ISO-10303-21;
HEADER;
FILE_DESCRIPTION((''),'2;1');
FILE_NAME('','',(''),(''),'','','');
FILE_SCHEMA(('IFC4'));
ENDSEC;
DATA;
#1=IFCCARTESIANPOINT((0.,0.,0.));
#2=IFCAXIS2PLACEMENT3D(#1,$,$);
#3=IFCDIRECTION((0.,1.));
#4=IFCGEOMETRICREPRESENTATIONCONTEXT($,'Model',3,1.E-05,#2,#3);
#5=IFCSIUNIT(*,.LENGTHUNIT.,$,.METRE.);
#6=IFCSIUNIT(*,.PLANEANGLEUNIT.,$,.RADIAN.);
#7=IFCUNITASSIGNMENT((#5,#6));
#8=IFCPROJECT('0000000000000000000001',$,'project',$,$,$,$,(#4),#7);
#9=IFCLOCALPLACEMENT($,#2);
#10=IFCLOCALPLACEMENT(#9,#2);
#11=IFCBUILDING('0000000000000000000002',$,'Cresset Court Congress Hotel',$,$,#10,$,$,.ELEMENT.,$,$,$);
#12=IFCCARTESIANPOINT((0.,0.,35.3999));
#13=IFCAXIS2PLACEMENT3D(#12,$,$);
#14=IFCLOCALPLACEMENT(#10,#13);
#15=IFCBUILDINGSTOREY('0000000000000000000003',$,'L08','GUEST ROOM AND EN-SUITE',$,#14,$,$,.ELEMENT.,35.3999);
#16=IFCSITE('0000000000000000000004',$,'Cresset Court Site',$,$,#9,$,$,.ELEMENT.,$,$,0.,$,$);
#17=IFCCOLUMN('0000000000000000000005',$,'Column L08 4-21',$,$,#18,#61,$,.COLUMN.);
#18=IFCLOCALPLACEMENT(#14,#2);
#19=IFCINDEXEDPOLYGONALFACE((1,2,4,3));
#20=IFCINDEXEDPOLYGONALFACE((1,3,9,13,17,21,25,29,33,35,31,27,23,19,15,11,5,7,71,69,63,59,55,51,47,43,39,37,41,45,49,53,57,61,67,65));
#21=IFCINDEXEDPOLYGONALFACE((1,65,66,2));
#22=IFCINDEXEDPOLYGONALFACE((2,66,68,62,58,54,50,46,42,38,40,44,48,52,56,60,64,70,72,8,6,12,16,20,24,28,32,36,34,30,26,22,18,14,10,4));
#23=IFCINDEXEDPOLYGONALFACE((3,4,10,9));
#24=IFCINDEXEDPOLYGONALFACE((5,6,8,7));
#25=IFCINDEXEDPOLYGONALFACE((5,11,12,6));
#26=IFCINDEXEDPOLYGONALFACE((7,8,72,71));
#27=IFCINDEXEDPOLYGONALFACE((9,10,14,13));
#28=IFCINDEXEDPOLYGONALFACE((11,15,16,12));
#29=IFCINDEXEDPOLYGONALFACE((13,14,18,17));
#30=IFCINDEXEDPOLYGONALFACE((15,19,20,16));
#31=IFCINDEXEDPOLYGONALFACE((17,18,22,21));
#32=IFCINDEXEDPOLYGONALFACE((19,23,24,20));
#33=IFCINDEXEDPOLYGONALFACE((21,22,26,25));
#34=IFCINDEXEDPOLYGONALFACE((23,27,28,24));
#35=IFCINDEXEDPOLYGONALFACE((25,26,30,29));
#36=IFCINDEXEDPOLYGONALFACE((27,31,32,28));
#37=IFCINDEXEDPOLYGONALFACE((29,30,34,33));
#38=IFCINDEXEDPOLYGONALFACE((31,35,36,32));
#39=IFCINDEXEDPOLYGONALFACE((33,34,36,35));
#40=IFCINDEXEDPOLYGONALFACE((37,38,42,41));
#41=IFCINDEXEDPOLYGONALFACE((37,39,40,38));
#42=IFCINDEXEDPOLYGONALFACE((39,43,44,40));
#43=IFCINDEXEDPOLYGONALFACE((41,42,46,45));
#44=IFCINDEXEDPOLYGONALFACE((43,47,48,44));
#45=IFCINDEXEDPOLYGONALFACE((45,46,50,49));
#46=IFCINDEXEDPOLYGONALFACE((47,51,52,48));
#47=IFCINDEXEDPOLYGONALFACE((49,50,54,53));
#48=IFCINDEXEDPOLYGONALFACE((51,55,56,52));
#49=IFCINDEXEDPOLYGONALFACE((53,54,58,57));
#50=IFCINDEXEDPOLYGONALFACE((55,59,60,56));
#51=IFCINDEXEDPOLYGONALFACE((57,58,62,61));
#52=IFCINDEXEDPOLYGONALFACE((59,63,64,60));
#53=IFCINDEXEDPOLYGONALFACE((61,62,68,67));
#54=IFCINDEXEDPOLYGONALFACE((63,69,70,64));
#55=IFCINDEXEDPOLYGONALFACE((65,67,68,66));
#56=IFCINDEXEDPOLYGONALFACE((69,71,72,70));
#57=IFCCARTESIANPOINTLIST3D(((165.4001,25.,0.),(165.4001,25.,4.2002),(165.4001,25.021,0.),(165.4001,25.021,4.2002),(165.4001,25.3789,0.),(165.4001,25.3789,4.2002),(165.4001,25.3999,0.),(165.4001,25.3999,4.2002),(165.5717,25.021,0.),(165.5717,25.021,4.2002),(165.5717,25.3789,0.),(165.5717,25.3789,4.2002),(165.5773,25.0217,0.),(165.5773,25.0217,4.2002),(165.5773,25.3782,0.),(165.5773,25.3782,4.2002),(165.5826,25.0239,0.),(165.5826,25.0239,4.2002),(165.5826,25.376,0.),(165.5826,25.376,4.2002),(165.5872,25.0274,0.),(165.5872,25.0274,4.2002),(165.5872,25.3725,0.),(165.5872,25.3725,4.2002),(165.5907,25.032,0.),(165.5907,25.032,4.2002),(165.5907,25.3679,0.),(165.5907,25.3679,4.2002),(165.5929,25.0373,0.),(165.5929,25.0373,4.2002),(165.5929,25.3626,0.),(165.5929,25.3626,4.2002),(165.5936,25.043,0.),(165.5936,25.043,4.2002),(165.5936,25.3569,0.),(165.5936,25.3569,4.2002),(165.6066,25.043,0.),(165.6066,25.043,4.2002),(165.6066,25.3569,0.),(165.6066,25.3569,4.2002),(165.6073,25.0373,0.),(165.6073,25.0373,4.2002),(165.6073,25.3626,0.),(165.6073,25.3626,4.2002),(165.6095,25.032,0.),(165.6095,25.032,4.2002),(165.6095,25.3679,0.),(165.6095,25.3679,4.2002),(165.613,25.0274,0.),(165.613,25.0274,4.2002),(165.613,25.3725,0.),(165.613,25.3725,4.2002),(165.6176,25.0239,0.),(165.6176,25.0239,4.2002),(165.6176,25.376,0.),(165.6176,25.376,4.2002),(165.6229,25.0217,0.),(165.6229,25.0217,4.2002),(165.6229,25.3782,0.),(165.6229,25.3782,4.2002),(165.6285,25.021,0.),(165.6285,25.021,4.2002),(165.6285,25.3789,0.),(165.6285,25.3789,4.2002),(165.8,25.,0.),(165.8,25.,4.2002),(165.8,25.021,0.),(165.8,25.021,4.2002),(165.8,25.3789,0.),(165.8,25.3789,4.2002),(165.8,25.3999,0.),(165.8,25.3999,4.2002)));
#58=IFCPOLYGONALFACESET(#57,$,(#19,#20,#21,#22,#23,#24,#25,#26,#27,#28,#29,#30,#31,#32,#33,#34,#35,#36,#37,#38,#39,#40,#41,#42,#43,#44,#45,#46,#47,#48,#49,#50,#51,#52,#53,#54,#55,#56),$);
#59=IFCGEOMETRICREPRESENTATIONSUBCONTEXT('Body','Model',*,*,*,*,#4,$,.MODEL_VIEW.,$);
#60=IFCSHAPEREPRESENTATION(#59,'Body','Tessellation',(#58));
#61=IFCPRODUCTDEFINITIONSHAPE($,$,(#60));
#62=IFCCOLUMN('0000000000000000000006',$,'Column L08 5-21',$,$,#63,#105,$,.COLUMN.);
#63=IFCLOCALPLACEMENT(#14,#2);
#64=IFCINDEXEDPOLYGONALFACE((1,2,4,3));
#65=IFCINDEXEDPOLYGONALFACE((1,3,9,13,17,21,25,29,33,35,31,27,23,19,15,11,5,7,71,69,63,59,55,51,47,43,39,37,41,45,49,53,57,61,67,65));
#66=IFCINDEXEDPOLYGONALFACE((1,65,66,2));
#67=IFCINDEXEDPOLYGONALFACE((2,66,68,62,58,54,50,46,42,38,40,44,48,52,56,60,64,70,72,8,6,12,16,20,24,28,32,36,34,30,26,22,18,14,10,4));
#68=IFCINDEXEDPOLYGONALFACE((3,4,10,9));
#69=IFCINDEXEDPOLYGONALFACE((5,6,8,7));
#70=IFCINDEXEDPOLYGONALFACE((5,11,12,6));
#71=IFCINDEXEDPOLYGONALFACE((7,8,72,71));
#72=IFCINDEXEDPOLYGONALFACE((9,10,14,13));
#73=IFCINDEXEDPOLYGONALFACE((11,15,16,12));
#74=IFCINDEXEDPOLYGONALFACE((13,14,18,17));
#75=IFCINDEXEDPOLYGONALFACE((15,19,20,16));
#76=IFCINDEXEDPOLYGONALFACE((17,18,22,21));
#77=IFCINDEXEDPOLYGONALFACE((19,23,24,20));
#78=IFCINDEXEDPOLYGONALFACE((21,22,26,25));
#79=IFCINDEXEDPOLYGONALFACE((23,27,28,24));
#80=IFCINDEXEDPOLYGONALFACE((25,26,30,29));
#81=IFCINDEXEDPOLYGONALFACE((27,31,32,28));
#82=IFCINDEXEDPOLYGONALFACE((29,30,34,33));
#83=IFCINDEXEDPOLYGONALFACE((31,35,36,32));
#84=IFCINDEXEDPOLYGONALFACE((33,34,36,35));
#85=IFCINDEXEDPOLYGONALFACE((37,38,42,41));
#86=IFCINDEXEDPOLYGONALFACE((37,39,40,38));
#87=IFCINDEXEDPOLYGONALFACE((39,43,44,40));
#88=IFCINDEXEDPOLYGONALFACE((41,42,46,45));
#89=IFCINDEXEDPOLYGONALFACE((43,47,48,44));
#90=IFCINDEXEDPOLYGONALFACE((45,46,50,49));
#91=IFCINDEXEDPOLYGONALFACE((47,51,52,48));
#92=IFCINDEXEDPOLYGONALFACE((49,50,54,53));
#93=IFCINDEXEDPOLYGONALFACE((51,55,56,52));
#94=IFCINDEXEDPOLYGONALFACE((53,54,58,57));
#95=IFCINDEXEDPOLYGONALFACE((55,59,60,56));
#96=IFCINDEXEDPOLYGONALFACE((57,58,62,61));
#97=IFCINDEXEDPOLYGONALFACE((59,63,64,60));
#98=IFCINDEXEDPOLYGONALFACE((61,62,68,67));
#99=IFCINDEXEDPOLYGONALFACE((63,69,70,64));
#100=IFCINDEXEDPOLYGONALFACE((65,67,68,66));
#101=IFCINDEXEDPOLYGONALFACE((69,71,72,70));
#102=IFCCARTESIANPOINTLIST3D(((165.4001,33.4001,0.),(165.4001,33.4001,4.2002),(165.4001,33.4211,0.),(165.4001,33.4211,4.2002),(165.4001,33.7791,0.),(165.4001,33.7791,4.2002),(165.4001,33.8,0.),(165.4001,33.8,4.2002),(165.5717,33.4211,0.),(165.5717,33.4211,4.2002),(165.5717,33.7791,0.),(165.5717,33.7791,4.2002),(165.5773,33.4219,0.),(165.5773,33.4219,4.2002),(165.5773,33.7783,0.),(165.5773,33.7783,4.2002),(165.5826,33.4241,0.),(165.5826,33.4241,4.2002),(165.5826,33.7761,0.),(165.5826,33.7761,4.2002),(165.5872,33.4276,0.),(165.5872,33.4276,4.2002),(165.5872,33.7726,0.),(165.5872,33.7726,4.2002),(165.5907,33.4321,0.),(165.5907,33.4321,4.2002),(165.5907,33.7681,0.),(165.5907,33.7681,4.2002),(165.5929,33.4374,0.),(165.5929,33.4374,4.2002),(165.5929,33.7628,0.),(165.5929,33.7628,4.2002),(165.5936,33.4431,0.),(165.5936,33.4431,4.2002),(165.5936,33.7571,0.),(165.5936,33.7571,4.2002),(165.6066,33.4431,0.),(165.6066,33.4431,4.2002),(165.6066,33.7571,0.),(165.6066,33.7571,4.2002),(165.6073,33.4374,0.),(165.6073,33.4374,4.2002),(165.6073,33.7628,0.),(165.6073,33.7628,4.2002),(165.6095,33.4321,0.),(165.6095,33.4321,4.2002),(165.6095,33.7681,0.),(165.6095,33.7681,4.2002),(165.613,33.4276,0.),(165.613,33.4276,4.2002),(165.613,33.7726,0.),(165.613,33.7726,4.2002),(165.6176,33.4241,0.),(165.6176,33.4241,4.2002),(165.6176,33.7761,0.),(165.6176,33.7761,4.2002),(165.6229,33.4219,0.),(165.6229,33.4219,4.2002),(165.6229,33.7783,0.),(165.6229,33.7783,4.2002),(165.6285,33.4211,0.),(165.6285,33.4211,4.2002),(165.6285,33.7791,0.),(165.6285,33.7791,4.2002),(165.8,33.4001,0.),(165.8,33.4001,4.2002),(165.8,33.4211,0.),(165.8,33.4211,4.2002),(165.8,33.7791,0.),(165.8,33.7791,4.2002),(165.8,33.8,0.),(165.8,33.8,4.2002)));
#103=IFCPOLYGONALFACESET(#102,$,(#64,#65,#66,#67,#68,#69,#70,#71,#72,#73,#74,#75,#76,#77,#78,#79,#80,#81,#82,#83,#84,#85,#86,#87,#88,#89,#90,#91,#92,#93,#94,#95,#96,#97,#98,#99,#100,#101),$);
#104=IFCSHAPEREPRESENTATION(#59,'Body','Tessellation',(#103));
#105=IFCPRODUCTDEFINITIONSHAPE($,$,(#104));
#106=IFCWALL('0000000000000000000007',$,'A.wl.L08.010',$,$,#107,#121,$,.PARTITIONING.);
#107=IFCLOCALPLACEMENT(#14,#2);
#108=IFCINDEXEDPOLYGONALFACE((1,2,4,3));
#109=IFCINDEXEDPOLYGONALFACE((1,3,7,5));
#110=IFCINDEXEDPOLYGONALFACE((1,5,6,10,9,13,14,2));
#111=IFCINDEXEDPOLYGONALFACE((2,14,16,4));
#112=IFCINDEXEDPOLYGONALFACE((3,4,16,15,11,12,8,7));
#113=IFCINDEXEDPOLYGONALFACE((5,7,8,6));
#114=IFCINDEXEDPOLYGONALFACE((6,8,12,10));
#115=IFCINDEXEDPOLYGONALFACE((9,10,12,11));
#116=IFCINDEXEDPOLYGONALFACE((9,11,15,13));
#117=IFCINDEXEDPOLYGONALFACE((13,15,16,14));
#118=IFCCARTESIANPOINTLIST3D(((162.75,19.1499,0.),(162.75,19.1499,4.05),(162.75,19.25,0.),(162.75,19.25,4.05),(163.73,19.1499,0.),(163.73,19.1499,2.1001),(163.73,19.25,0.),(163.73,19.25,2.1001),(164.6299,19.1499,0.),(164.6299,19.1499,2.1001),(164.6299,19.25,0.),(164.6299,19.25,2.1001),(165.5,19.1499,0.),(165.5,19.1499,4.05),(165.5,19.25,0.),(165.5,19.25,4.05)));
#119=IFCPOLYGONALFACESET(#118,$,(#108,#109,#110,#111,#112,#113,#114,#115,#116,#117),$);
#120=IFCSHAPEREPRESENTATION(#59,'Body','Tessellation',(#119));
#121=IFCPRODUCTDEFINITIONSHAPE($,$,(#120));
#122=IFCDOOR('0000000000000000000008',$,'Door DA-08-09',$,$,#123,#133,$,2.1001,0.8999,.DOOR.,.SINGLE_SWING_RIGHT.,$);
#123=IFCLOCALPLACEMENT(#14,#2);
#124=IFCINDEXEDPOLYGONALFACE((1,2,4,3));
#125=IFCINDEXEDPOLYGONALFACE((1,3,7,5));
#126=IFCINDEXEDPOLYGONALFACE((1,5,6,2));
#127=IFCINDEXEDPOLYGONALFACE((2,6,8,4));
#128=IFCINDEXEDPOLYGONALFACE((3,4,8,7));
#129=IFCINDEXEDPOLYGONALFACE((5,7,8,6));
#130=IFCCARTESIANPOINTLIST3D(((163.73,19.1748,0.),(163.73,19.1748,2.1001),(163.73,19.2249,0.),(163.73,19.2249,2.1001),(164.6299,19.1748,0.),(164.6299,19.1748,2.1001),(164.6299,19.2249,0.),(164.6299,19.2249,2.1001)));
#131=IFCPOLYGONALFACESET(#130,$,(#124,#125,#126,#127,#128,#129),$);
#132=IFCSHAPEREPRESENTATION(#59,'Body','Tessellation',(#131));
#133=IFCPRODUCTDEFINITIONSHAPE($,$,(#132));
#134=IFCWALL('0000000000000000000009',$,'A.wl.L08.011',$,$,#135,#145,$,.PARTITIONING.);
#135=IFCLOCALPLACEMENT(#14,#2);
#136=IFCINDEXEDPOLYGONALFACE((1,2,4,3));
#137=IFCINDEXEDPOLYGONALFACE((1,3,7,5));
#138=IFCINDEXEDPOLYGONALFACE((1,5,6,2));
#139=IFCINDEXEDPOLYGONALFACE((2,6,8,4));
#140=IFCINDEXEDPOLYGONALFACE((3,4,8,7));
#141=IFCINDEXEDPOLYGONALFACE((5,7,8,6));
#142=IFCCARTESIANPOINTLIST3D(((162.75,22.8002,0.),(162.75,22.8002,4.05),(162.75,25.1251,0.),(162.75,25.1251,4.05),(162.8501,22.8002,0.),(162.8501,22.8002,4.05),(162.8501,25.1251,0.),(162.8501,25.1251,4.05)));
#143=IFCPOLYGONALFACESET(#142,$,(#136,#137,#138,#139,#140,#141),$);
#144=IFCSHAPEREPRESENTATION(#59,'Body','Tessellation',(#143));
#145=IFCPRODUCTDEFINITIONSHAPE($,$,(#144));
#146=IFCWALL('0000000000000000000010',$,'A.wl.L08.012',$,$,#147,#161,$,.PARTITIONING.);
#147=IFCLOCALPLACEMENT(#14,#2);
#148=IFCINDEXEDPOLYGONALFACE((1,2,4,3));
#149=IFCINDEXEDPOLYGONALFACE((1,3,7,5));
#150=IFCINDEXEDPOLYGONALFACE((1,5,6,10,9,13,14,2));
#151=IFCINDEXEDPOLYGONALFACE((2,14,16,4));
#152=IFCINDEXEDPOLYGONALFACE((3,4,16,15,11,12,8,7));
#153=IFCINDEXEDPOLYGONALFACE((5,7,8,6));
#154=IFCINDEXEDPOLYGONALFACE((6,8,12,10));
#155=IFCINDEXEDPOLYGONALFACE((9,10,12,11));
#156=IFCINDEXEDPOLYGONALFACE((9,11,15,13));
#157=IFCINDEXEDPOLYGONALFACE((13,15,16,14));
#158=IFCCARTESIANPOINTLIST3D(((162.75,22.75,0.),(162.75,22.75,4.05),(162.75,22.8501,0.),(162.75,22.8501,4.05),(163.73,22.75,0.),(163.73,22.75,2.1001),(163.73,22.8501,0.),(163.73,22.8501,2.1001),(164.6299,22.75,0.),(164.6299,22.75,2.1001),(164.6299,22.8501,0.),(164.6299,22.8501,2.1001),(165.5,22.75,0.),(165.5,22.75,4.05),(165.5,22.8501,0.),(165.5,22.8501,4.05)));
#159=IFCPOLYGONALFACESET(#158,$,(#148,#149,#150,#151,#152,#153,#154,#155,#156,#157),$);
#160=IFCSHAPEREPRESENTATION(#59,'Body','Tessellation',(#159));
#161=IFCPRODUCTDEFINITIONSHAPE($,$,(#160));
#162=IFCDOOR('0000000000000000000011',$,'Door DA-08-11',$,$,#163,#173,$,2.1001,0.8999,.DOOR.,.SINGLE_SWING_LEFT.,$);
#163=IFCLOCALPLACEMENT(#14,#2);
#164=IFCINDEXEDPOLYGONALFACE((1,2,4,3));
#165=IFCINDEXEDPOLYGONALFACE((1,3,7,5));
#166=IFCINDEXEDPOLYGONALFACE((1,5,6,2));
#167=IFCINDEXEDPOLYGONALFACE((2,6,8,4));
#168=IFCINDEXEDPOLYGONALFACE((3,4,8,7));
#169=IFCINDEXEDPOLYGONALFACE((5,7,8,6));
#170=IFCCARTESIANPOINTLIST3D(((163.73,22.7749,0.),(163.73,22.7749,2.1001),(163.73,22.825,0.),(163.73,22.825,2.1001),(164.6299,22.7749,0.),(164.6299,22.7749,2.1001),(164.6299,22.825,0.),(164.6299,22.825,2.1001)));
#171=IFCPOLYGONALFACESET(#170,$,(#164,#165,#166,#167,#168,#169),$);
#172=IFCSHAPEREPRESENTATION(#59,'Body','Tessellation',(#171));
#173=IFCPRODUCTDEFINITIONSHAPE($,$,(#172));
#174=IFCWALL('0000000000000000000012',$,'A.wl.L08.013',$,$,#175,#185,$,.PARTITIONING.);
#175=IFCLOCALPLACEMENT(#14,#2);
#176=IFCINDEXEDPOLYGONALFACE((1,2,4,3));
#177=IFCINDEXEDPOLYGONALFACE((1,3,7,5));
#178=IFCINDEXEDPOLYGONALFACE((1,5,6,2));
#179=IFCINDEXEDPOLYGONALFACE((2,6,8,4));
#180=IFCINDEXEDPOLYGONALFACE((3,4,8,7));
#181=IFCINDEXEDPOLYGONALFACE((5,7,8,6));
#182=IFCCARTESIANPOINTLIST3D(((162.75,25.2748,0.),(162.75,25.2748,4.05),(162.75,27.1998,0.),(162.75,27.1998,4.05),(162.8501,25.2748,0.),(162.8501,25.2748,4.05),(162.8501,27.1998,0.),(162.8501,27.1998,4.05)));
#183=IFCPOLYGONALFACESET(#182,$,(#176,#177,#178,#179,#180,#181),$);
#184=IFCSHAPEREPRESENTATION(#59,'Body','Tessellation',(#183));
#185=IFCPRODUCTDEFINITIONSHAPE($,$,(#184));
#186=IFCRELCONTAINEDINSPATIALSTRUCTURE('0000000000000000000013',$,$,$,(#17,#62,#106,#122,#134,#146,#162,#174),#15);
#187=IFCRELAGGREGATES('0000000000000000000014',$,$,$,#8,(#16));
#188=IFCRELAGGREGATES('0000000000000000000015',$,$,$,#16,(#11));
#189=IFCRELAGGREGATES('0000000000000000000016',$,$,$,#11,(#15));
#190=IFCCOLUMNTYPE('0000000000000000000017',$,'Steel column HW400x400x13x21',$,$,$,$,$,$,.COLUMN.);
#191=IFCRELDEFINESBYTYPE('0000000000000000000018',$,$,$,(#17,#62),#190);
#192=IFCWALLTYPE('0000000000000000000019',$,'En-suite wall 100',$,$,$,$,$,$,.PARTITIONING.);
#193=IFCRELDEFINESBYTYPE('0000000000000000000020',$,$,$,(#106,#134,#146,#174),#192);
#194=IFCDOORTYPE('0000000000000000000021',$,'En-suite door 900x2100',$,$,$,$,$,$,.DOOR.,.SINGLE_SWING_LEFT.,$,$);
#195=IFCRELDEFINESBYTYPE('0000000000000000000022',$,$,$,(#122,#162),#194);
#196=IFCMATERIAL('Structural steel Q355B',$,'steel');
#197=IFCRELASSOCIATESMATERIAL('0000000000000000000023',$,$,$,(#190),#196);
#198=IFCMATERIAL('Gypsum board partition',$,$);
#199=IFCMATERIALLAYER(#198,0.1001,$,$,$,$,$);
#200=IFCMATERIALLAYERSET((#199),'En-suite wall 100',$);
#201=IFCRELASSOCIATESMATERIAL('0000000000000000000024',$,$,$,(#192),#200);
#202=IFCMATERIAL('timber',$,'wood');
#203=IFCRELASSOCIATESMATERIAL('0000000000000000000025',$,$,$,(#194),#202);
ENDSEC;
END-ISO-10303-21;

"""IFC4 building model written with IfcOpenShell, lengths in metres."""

from ifc_helpers import new_model, si_unit, direction, frame, frame_2d, origin, origin_2d, place, context, subcontext, project, spatial, rectangle, i_section, extrude, material, layer, layer_set, material_profile, profile_set, type_object, element, fill, save


model = new_model("IFC4")

# Units and contexts
model_context = context("Model", 3, precision=1e-05, world=origin(), true_north=direction((0.0, 1.0)))
body_context = subcontext(model_context, "Body", "Model", "MODEL_VIEW")
ifc_project = project(units=[si_unit("LENGTHUNIT", "METRE"), si_unit("PLANEANGLEUNIT", "RADIAN")], contexts=[model_context])

# Site, building, storey
site_placement = place(None, origin())
site = spatial("IfcSite", under=ifc_project, at=site_placement, Name="Cresset Court Site", CompositionType="ELEMENT", RefElevation=0.0)
building_placement = place(site_placement, origin())
building = spatial("IfcBuilding", under=site, at=building_placement, Name="Cresset Court Congress Hotel", CompositionType="ELEMENT")
storey_placement = place(building_placement, frame((0.0, 0.0, 35.3999)))
storey = spatial("IfcBuildingStorey", under=building, at=storey_placement, Name="L08", Description="GUEST ROOM AND EN-SUITE", CompositionType="ELEMENT", Elevation=35.3999)

# Columns
ifc_material_1 = material(Name="Structural steel Q355B", Category="steel")
ifc_material_profile = material_profile(ifc_material_1, i_section(OverallWidth=0.3999, OverallDepth=0.3999, WebThickness=0.0129, FlangeThickness=0.021, FilletRadius=0.022, at=origin_2d()), Name="HW400x400x13x21")
ifc_profile_set = profile_set([ifc_material_profile], Name="Structural steel Q355B")
column_type = type_object("IfcColumnType", Name="Steel column HW400x400x13x21", PredefinedType="COLUMN", material=ifc_profile_set)
for number, where, z_axis, x_axis, name in (
    (1, (165.6001, 25.2, 0.0), (0.0, 0.0, 1.0), (1.0, 0.0, 0.0), "Column L08 4-21"),
    (2, (165.6001, 33.6001, 0.0), (0.0, 0.0, 1.0), (1.0, 0.0, 0.0), "Column L08 5-21"),
):
    element("IfcColumn", number, at=place(storey_placement, frame(where, z_axis=z_axis, x_axis=x_axis)), inside=storey, type_object=column_type, Name=name, PredefinedType="COLUMN", context=body_context, shape_type="SweptSolid", body=[
        extrude(i_section(OverallWidth=0.3999, OverallDepth=0.3999, WebThickness=0.0129, FlangeThickness=0.021, FilletRadius=0.022, at=origin_2d()), origin(), (0.0, 0.0, 1.0), 4.2002),
    ])

# Wall, opening, door
ifc_material_2 = material(Name="Gypsum board partition")
ifc_layer_1 = layer(ifc_material_2, 0.1001)
ifc_layer_set_1 = layer_set([ifc_layer_1], Name="En-suite wall 100")
wall_type_1 = type_object("IfcWallType", Name="En-suite wall 100", PredefinedType="PARTITIONING", material=ifc_layer_set_1)
wall_1_placement = place(storey_placement, frame((162.75, 19.2, 0.0), z_axis=(0.0, 0.0, 1.0), x_axis=(1.0, 0.0, 0.0)))
wall_1 = element("IfcWall", 3, at=wall_1_placement, inside=storey, type_object=wall_type_1, Name="A.wl.L08.010", PredefinedType="PARTITIONING", context=body_context, shape_type="SweptSolid", body=[
    extrude(rectangle(XDim=2.75, YDim=0.1001, at=frame_2d((1.375, 0.0))), origin(), (0.0, 0.0, 1.0), 4.05),
])
opening_1_placement = place(wall_1_placement, frame((0.98, 0.0, 0.0)))
opening_1 = element("IfcOpeningElement", 4, at=opening_1_placement, cuts=wall_1, PredefinedType="OPENING", context=body_context, shape_type="SweptSolid", body=[
    extrude(rectangle(XDim=0.8999, YDim=2.1001, at=frame_2d((0.45, 1.05))), frame((0.0, 0.0601, 0.0), z_axis=(0.0, -1.0, 0.0), x_axis=(1.0, 0.0, 0.0)), (0.0, 0.0, 1.0), 0.1201),
])
ifc_material_3 = material(Name="timber", Category="wood")
door_type = type_object("IfcDoorType", Name="En-suite door 900x2100", OperationType="SINGLE_SWING_LEFT", PredefinedType="DOOR", material=ifc_material_3)
door_1_placement = place(opening_1_placement, origin())
door_1 = element("IfcDoor", 5, at=door_1_placement, inside=storey, type_object=door_type, Name="Door DA-08-09", OperationType="SINGLE_SWING_RIGHT", OverallHeight=2.1001, OverallWidth=0.8999, PredefinedType="DOOR", context=body_context, shape_type="SweptSolid", body=[
    extrude(rectangle(XDim=0.8999, YDim=2.1001, at=frame_2d((0.45, 1.05))), frame((0.0, 0.0249, 0.0), z_axis=(0.0, -1.0, 0.0), x_axis=(1.0, 0.0, 0.0)), (0.0, 0.0, 1.0), 0.05),
])
fill(opening_1, door_1)

# Wall
wall_2_placement = place(storey_placement, frame((162.8, 22.8, 0.0), z_axis=(0.0, 0.0, 1.0), x_axis=(0.0, 1.0, 0.0)))
element("IfcWall", 6, at=wall_2_placement, inside=storey, type_object=wall_type_1, Name="A.wl.L08.011", PredefinedType="PARTITIONING", context=body_context, shape_type="SweptSolid", body=[
    extrude(rectangle(XDim=2.325, YDim=0.1001, at=frame_2d((1.1626, 0.0))), origin(), (0.0, 0.0, 1.0), 4.05),
])

# Wall, opening, door
wall_3_placement = place(storey_placement, frame((162.75, 22.8, 0.0), z_axis=(0.0, 0.0, 1.0), x_axis=(1.0, 0.0, 0.0)))
wall_3 = element("IfcWall", 7, at=wall_3_placement, inside=storey, type_object=wall_type_1, Name="A.wl.L08.012", PredefinedType="PARTITIONING", context=body_context, shape_type="SweptSolid", body=[
    extrude(rectangle(XDim=2.75, YDim=0.1001, at=frame_2d((1.375, 0.0))), origin(), (0.0, 0.0, 1.0), 4.05),
])
opening_2_placement = place(wall_3_placement, frame((0.98, 0.0, 0.0)))
opening_2 = element("IfcOpeningElement", 8, at=opening_2_placement, cuts=wall_3, PredefinedType="OPENING", context=body_context, shape_type="SweptSolid", body=[
    extrude(rectangle(XDim=0.8999, YDim=2.1001, at=frame_2d((0.45, 1.05))), frame((0.0, 0.0601, 0.0), z_axis=(0.0, -1.0, 0.0), x_axis=(1.0, 0.0, 0.0)), (0.0, 0.0, 1.0), 0.1201),
])
door_2_placement = place(opening_2_placement, origin())
door_2 = element("IfcDoor", 9, at=door_2_placement, inside=storey, type_object=door_type, Name="Door DA-08-11", OperationType="SINGLE_SWING_LEFT", OverallHeight=2.1001, OverallWidth=0.8999, PredefinedType="DOOR", context=body_context, shape_type="SweptSolid", body=[
    extrude(rectangle(XDim=0.8999, YDim=2.1001, at=frame_2d((0.45, 1.05))), frame((0.0, 0.0249, 0.0), z_axis=(0.0, -1.0, 0.0), x_axis=(1.0, 0.0, 0.0)), (0.0, 0.0, 1.0), 0.05),
])
fill(opening_2, door_2)

# Wall
wall_4_placement = place(storey_placement, frame((162.8, 25.2749, 0.0), z_axis=(0.0, 0.0, 1.0), x_axis=(0.0, 1.0, 0.0)))
element("IfcWall", 10, at=wall_4_placement, inside=storey, type_object=wall_type_1, Name="A.wl.L08.013", PredefinedType="PARTITIONING", context=body_context, shape_type="SweptSolid", body=[
    extrude(rectangle(XDim=1.925, YDim=0.1001, at=frame_2d((0.9624, 0.0))), origin(), (0.0, 0.0, 1.0), 4.05),
])

save(model, "model.ifc")
